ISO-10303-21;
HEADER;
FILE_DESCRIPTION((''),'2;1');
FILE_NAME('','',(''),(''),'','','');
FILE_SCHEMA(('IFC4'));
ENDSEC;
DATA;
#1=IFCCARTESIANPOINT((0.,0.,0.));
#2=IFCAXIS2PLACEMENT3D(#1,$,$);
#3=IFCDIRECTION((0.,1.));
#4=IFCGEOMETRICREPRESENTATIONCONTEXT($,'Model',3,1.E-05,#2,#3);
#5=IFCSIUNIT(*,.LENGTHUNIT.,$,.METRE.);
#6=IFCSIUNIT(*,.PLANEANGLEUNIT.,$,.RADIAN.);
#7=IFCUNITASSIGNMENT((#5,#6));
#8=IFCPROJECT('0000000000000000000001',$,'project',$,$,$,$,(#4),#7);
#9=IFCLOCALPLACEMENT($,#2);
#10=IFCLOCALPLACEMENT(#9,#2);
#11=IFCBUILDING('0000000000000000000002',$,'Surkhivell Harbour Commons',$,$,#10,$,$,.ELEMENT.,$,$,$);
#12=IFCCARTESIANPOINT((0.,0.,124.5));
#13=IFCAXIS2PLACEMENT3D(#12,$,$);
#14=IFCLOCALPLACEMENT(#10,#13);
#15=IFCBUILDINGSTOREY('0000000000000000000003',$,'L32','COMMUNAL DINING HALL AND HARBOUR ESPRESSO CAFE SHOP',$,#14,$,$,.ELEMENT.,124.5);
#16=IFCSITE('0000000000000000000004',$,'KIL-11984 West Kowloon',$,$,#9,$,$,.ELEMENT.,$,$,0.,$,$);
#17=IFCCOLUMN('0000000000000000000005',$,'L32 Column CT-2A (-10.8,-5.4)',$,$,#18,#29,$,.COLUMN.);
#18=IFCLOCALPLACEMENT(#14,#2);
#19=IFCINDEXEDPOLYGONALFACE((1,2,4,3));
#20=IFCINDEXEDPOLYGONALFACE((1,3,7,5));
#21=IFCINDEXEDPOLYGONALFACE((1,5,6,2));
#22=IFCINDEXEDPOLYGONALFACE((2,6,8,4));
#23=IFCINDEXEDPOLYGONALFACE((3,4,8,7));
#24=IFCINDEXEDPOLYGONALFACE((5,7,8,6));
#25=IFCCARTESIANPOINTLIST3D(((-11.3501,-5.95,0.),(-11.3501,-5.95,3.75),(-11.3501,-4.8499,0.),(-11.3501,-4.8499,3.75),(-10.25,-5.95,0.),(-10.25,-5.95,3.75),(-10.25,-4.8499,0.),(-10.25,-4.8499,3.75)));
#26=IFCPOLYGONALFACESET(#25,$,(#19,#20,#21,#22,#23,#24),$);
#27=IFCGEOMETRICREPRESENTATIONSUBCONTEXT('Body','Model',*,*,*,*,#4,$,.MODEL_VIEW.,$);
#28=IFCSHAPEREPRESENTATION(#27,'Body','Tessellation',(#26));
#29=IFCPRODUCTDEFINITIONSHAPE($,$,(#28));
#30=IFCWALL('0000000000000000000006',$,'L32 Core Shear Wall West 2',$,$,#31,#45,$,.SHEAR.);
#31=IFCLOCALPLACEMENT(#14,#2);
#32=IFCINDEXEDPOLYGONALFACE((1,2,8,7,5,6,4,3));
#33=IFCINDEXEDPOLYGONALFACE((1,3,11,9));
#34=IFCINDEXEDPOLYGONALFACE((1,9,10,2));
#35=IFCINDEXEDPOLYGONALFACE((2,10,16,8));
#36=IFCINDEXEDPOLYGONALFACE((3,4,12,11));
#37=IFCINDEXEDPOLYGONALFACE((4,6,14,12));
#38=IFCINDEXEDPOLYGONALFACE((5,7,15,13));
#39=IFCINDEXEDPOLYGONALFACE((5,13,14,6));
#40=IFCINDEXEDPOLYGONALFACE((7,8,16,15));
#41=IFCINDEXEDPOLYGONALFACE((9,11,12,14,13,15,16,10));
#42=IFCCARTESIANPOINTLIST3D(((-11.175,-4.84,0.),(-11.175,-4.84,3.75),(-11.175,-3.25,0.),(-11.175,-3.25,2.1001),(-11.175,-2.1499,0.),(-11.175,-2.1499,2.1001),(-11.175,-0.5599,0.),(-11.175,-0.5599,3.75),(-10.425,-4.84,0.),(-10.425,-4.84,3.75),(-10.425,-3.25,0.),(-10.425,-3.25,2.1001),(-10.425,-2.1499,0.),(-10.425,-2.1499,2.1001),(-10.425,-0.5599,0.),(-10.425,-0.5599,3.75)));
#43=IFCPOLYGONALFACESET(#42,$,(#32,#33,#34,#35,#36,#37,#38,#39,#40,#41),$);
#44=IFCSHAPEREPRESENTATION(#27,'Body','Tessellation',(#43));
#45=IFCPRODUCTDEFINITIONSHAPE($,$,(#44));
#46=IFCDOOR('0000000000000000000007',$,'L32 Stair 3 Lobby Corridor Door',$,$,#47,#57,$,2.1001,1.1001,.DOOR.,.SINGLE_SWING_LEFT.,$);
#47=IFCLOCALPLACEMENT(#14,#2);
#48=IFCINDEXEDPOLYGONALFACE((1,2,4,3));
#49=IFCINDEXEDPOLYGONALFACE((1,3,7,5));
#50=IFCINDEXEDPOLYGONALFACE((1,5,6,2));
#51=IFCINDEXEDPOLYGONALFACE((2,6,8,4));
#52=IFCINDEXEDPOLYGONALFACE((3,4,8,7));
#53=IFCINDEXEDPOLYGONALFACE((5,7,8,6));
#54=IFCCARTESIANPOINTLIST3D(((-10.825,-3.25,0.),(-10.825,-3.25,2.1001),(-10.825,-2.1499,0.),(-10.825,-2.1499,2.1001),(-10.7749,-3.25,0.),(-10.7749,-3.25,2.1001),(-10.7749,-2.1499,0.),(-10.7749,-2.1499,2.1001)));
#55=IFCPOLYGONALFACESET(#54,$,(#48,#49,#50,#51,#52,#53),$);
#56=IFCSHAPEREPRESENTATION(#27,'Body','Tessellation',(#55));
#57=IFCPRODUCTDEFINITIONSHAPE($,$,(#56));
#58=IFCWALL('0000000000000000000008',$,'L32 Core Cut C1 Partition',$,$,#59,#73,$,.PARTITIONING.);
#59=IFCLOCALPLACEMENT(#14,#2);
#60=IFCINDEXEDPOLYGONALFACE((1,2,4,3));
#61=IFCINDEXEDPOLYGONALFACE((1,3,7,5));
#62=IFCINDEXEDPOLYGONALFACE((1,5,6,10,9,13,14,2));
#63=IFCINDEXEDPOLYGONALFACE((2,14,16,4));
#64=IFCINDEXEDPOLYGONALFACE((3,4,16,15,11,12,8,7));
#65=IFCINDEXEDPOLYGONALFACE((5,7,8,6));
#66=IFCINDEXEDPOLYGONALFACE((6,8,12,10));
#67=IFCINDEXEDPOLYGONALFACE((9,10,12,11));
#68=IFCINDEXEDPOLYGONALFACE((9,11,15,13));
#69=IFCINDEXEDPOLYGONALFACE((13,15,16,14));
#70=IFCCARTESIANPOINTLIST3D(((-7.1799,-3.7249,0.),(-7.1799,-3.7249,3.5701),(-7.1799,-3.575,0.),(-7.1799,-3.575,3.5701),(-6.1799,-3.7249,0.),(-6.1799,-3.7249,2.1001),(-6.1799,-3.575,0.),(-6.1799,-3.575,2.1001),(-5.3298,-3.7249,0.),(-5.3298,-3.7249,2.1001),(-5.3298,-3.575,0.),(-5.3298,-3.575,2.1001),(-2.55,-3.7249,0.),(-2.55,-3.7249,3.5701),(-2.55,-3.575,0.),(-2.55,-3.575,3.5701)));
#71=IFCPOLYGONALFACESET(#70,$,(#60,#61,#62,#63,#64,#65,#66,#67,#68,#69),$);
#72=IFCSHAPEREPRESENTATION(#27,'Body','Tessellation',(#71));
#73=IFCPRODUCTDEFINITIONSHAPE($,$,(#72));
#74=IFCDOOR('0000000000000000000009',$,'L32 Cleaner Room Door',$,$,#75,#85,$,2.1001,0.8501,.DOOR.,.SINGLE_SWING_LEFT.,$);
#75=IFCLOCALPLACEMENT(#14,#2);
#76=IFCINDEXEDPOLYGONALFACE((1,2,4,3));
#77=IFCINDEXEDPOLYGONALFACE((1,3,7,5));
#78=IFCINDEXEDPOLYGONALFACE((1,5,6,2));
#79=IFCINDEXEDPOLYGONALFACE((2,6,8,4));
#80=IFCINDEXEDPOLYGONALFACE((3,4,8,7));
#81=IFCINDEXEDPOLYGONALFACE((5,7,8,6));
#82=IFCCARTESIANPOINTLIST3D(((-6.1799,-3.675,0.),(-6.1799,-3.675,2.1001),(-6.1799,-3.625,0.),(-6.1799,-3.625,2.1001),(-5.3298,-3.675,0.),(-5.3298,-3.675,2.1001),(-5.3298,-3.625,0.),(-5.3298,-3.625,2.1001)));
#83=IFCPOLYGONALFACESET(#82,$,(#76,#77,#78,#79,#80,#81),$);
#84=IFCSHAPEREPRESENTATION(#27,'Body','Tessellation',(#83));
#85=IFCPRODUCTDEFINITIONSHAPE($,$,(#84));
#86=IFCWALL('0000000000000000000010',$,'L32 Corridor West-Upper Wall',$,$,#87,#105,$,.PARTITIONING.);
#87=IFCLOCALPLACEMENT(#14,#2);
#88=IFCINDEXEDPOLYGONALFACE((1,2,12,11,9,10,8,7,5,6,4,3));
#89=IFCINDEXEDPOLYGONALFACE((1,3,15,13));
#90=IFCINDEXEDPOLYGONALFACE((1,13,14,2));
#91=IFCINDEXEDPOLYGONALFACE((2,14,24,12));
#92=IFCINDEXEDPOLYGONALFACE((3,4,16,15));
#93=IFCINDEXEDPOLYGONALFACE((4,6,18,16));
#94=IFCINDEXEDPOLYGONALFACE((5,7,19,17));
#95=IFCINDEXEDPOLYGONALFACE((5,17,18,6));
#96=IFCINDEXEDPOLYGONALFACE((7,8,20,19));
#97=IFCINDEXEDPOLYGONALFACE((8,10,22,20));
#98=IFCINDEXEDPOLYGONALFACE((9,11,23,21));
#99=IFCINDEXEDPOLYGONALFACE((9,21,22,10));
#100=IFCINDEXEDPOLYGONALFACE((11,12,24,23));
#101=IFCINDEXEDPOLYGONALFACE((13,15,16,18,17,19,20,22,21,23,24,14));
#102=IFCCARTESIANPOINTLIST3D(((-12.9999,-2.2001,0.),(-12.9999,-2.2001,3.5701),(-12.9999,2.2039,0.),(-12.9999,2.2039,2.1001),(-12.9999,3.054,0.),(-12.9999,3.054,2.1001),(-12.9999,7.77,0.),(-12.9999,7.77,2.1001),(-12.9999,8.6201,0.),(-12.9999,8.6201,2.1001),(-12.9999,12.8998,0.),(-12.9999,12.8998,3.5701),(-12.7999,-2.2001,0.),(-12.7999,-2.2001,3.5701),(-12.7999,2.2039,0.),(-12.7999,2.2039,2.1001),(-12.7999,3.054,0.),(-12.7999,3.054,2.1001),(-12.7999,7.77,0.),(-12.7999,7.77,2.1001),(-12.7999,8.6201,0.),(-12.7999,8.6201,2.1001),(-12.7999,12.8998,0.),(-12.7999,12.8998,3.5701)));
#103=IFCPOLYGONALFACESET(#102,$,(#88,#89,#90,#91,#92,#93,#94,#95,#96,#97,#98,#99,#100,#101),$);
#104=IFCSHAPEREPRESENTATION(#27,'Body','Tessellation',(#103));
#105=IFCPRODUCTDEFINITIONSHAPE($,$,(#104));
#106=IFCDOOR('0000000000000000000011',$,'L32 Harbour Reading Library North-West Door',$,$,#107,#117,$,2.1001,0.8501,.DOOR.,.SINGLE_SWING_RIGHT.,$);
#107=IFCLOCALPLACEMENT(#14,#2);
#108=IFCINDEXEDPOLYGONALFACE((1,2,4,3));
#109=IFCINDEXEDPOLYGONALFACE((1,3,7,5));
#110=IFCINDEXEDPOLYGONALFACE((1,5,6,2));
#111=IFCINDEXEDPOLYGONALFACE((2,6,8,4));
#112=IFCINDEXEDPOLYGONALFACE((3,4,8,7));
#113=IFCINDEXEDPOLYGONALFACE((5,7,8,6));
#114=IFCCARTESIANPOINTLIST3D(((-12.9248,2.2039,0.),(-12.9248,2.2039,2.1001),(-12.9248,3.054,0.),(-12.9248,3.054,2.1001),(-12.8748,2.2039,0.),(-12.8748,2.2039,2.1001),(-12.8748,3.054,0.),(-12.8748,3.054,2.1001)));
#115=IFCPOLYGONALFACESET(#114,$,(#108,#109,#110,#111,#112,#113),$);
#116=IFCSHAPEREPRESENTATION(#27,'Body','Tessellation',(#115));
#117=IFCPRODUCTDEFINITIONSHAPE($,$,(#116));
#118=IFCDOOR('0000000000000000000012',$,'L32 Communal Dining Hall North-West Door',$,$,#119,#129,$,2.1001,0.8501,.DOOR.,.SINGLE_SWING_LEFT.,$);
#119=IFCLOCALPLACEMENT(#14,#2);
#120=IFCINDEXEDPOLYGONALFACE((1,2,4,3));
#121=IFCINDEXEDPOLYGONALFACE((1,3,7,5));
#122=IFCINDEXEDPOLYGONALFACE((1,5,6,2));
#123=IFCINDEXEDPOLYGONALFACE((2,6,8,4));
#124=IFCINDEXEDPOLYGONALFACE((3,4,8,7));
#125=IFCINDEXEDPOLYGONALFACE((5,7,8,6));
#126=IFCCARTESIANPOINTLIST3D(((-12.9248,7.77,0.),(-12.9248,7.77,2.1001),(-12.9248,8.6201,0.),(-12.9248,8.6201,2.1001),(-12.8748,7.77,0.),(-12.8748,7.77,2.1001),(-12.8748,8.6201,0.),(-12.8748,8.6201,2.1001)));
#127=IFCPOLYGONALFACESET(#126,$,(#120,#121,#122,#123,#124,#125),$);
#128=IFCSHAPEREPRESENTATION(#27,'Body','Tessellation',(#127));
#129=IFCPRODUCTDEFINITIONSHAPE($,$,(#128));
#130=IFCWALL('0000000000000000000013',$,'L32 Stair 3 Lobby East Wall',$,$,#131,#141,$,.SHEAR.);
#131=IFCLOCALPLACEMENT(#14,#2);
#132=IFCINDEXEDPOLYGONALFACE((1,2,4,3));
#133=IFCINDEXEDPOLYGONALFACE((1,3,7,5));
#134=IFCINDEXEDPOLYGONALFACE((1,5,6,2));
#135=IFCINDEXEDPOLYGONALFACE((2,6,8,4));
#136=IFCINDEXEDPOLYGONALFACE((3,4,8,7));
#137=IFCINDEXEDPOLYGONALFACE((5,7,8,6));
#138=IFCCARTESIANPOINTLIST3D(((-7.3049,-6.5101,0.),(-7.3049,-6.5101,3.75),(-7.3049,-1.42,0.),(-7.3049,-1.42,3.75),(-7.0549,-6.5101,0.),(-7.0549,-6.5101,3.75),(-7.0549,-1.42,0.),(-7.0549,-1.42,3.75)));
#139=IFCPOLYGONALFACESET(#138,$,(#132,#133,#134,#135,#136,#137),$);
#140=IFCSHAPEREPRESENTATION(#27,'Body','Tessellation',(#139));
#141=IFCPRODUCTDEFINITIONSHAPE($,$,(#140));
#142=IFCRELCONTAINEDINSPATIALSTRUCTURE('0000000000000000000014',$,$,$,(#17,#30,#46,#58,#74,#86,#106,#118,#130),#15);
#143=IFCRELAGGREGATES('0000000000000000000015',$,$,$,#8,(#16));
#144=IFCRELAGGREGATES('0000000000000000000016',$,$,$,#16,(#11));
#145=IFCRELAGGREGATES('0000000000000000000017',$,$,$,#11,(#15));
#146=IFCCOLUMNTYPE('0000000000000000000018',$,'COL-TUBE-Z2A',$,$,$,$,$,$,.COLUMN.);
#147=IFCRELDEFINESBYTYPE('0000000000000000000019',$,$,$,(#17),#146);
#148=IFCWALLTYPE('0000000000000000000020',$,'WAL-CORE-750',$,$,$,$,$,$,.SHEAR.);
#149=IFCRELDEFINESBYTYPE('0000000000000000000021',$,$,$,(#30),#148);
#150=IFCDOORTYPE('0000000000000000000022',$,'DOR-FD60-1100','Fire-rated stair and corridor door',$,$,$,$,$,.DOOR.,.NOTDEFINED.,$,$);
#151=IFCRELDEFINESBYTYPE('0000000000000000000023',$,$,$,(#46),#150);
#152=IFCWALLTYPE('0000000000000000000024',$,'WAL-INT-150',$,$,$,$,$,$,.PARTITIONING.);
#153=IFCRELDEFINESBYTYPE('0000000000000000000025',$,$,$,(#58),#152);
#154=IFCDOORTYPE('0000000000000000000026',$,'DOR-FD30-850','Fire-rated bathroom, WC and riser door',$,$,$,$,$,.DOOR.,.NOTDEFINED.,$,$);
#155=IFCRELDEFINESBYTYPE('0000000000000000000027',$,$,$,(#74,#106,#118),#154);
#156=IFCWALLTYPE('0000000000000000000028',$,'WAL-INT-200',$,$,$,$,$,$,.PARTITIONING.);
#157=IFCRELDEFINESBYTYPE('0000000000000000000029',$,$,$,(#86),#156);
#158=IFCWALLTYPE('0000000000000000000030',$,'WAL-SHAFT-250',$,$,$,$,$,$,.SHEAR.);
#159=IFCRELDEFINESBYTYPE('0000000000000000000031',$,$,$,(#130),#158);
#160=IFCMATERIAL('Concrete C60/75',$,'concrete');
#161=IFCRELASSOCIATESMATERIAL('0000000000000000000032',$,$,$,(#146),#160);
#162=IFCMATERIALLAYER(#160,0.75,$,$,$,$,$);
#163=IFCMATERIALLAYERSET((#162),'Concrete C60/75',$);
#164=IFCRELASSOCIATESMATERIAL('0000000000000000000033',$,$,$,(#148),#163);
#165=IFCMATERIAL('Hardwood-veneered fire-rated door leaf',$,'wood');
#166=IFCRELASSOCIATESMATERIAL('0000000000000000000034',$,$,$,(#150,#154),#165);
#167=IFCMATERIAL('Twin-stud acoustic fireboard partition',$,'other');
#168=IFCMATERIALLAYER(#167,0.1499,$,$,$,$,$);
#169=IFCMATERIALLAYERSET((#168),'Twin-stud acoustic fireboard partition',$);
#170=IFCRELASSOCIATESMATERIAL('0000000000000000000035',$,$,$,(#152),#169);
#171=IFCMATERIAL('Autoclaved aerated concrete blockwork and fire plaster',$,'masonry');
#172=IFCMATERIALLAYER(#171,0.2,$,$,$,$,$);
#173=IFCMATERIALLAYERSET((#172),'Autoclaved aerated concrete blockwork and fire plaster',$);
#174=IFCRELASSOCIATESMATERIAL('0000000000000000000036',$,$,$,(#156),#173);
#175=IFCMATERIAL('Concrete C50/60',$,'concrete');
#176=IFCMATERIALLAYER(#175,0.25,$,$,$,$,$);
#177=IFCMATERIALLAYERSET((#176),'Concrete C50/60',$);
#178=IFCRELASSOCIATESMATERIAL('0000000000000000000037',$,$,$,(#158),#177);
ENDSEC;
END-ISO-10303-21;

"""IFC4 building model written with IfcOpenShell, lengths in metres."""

from ifc_helpers import new_model, si_unit, direction, frame, frame_2d, origin, origin_2d, place, context, subcontext, project, spatial, rectangle, extrude, material, layer, layer_set, material_profile, profile_set, type_object, element, fill, save


model = new_model("IFC4")

# Units and contexts
model_context = context("Model", 3, precision=1e-05, world=origin(), true_north=direction((0.0, 1.0)))
body_context = subcontext(model_context, "Body", "Model", "MODEL_VIEW")
ifc_project = project(units=[si_unit("LENGTHUNIT", "METRE"), si_unit("PLANEANGLEUNIT", "RADIAN")], contexts=[model_context])

# Site, building, storey
site_placement = place(None, origin())
site = spatial("IfcSite", under=ifc_project, at=site_placement, Name="KIL-11984 West Kowloon", CompositionType="ELEMENT", RefElevation=0.0)
building_placement = place(site_placement, origin())
building = spatial("IfcBuilding", under=site, at=building_placement, Name="Surkhivell Harbour Commons", CompositionType="ELEMENT")
storey_placement = place(building_placement, frame((0.0, 0.0, 124.5)))
storey = spatial("IfcBuildingStorey", under=building, at=storey_placement, Name="L32", Description="COMMUNAL DINING HALL AND HARBOUR ESPRESSO CAFE SHOP", CompositionType="ELEMENT", Elevation=124.5)

# Column
ifc_material_1 = material(Name="Concrete C60/75", Category="concrete")
ifc_material_profile = material_profile(ifc_material_1, rectangle(XDim=1.1001, YDim=1.1001, at=origin_2d()), Name="RC-COL-1100x1100")
ifc_profile_set = profile_set([ifc_material_profile], Name="Concrete C60/75")
column_type = type_object("IfcColumnType", Name="COL-TUBE-Z2A", PredefinedType="COLUMN", material=ifc_profile_set)
column_placement = place(storey_placement, frame((-10.8, -5.3999, 0.0), z_axis=(0.0, 0.0, 1.0), x_axis=(1.0, 0.0, 0.0)))
element("IfcColumn", 1, at=column_placement, inside=storey, type_object=column_type, Name="L32 Column CT-2A (-10.8,-5.4)", PredefinedType="COLUMN", context=body_context, shape_type="SweptSolid", body=[
    extrude(rectangle(XDim=1.1001, YDim=1.1001, at=origin_2d()), origin(), (0.0, 0.0, 1.0), 3.75),
])

# Walls, openings, doors
ifc_layer_1 = layer(ifc_material_1, 0.75)
ifc_layer_set_1 = layer_set([ifc_layer_1], Name="Concrete C60/75")
wall_type_1 = type_object("IfcWallType", Name="WAL-CORE-750", PredefinedType="SHEAR", material=ifc_layer_set_1)
wall_1_placement = place(storey_placement, frame((-10.8, -4.8401, 0.0), z_axis=(0.0, 0.0, 1.0), x_axis=(0.0, 1.0, 0.0)))
wall_1 = element("IfcWall", 2, at=wall_1_placement, inside=storey, type_object=wall_type_1, Name="L32 Core Shear Wall West 2", PredefinedType="SHEAR", context=body_context, shape_type="SweptSolid", body=[
    extrude(rectangle(XDim=4.28, YDim=0.75, at=frame_2d((2.1401, 0.0))), origin(), (0.0, 0.0, 1.0), 3.75),
])
opening_1_placement = place(wall_1_placement, frame((1.5901, 0.0, 0.0)))
opening_1 = element("IfcOpeningElement", 3, at=opening_1_placement, cuts=wall_1, PredefinedType="OPENING", context=body_context, shape_type="SweptSolid", body=[
    extrude(rectangle(XDim=1.1001, YDim=2.1001, at=frame_2d((0.55, 1.05))), frame((0.0, 0.385, 0.0), z_axis=(0.0, -1.0, 0.0), x_axis=(1.0, 0.0, 0.0)), (0.0, 0.0, 1.0), 0.77),
])
ifc_material_2 = material(Name="Hardwood-veneered fire-rated door leaf", Category="wood")
door_type_1 = type_object("IfcDoorType", Name="DOR-FD60-1100", Description="Fire-rated stair and corridor door", OperationType="NOTDEFINED", PredefinedType="DOOR", material=ifc_material_2)
door_1_placement = place(opening_1_placement, origin())
door_1 = element("IfcDoor", 4, at=door_1_placement, inside=storey, type_object=door_type_1, Name="L32 Stair 3 Lobby Corridor Door", OperationType="SINGLE_SWING_LEFT", OverallHeight=2.1001, OverallWidth=1.1001, PredefinedType="DOOR", context=body_context, shape_type="SweptSolid", body=[
    extrude(rectangle(XDim=1.1001, YDim=2.1001, at=frame_2d((0.55, 1.05))), frame((0.0, 0.0249, 0.0), z_axis=(0.0, -1.0, 0.0), x_axis=(1.0, 0.0, 0.0)), (0.0, 0.0, 1.0), 0.05),
])
fill(opening_1, door_1)
ifc_material_3 = material(Name="Twin-stud acoustic fireboard partition", Category="other")
ifc_layer_2 = layer(ifc_material_3, 0.1499)
ifc_layer_set_2 = layer_set([ifc_layer_2], Name="Twin-stud acoustic fireboard partition")
wall_type_2 = type_object("IfcWallType", Name="WAL-INT-150", PredefinedType="PARTITIONING", material=ifc_layer_set_2)
wall_2_placement = place(storey_placement, frame((-7.1799, -3.6499, 0.0), z_axis=(0.0, 0.0, 1.0), x_axis=(1.0, 0.0, 0.0)))
wall_2 = element("IfcWall", 5, at=wall_2_placement, inside=storey, type_object=wall_type_2, Name="L32 Core Cut C1 Partition", PredefinedType="PARTITIONING", context=body_context, shape_type="SweptSolid", body=[
    extrude(rectangle(XDim=4.6299, YDim=0.1499, at=frame_2d((2.3149, 0.0))), origin(), (0.0, 0.0, 1.0), 3.5701),
])
opening_2_placement = place(wall_2_placement, frame((1.0, 0.0, 0.0)))
opening_2 = element("IfcOpeningElement", 6, at=opening_2_placement, cuts=wall_2, PredefinedType="OPENING", context=body_context, shape_type="SweptSolid", body=[
    extrude(rectangle(XDim=0.8501, YDim=2.1001, at=frame_2d((0.425, 1.05))), frame((0.0, 0.085, 0.0), z_axis=(0.0, -1.0, 0.0), x_axis=(1.0, 0.0, 0.0)), (0.0, 0.0, 1.0), 0.1699),
])
door_type_2 = type_object("IfcDoorType", Name="DOR-FD30-850", Description="Fire-rated bathroom, WC and riser door", OperationType="NOTDEFINED", PredefinedType="DOOR", material=ifc_material_2)
door_2_placement = place(opening_2_placement, origin())
door_2 = element("IfcDoor", 7, at=door_2_placement, inside=storey, type_object=door_type_2, Name="L32 Cleaner Room Door", OperationType="SINGLE_SWING_LEFT", OverallHeight=2.1001, OverallWidth=0.8501, PredefinedType="DOOR", context=body_context, shape_type="SweptSolid", body=[
    extrude(rectangle(XDim=0.8501, YDim=2.1001, at=frame_2d((0.425, 1.05))), frame((0.0, 0.0249, 0.0), z_axis=(0.0, -1.0, 0.0), x_axis=(1.0, 0.0, 0.0)), (0.0, 0.0, 1.0), 0.05),
])
fill(opening_2, door_2)

# Wall, openings, doors
ifc_material_4 = material(Name="Autoclaved aerated concrete blockwork and fire plaster", Category="masonry")
ifc_layer_3 = layer(ifc_material_4, 0.2)
ifc_layer_set_3 = layer_set([ifc_layer_3], Name="Autoclaved aerated concrete blockwork and fire plaster")
wall_type_3 = type_object("IfcWallType", Name="WAL-INT-200", PredefinedType="PARTITIONING", material=ifc_layer_set_3)
wall_3_placement = place(storey_placement, frame((-12.8999, -2.2, 0.0), z_axis=(0.0, 0.0, 1.0), x_axis=(0.0, 1.0, 0.0)))
wall_3 = element("IfcWall", 8, at=wall_3_placement, inside=storey, type_object=wall_type_3, Name="L32 Corridor West-Upper Wall", PredefinedType="PARTITIONING", context=body_context, shape_type="SweptSolid", body=[
    extrude(rectangle(XDim=15.0999, YDim=0.2, at=frame_2d((7.5498, 0.0))), origin(), (0.0, 0.0, 1.0), 3.5701),
])
opening_3_placement = place(wall_3_placement, frame((4.4038, 0.0, 0.0)))
opening_3 = element("IfcOpeningElement", 9, at=opening_3_placement, cuts=wall_3, PredefinedType="OPENING", context=body_context, shape_type="SweptSolid", body=[
    extrude(rectangle(XDim=0.8501, YDim=2.1001, at=frame_2d((0.425, 1.05))), frame((0.0, 0.1099, 0.0), z_axis=(0.0, -1.0, 0.0), x_axis=(1.0, 0.0, 0.0)), (0.0, 0.0, 1.0), 0.22),
])
opening_4_placement = place(wall_3_placement, frame((9.97, 0.0, 0.0)))
opening_4 = element("IfcOpeningElement", 10, at=opening_4_placement, cuts=wall_3, PredefinedType="OPENING", context=body_context, shape_type="SweptSolid", body=[
    extrude(rectangle(XDim=0.8501, YDim=2.1001, at=frame_2d((0.425, 1.05))), frame((0.0, 0.1099, 0.0), z_axis=(0.0, -1.0, 0.0), x_axis=(1.0, 0.0, 0.0)), (0.0, 0.0, 1.0), 0.22),
])
door_3_placement = place(opening_3_placement, origin())
door_3 = element("IfcDoor", 11, at=door_3_placement, inside=storey, type_object=door_type_2, Name="L32 Harbour Reading Library North-West Door", OperationType="SINGLE_SWING_RIGHT", OverallHeight=2.1001, OverallWidth=0.8501, PredefinedType="DOOR", context=body_context, shape_type="SweptSolid", body=[
    extrude(rectangle(XDim=0.8501, YDim=2.1001, at=frame_2d((0.425, 1.05))), frame((0.0, 0.0249, 0.0), z_axis=(0.0, -1.0, 0.0), x_axis=(1.0, 0.0, 0.0)), (0.0, 0.0, 1.0), 0.05),
])
fill(opening_3, door_3)
door_4_placement = place(opening_4_placement, origin())
door_4 = element("IfcDoor", 12, at=door_4_placement, inside=storey, type_object=door_type_2, Name="L32 Communal Dining Hall North-West Door", OperationType="SINGLE_SWING_LEFT", OverallHeight=2.1001, OverallWidth=0.8501, PredefinedType="DOOR", context=body_context, shape_type="SweptSolid", body=[
    extrude(rectangle(XDim=0.8501, YDim=2.1001, at=frame_2d((0.425, 1.05))), frame((0.0, 0.0249, 0.0), z_axis=(0.0, -1.0, 0.0), x_axis=(1.0, 0.0, 0.0)), (0.0, 0.0, 1.0), 0.05),
])
fill(opening_4, door_4)

# Wall
ifc_material_5 = material(Name="Concrete C50/60", Category="concrete")
ifc_layer_4 = layer(ifc_material_5, 0.25)
ifc_layer_set_4 = layer_set([ifc_layer_4], Name="Concrete C50/60")
wall_type_4 = type_object("IfcWallType", Name="WAL-SHAFT-250", PredefinedType="SHEAR", material=ifc_layer_set_4)
wall_4_placement = place(storey_placement, frame((-7.1799, -6.51, 0.0), z_axis=(0.0, 0.0, 1.0), x_axis=(0.0, 1.0, 0.0)))
element("IfcWall", 13, at=wall_4_placement, inside=storey, type_object=wall_type_4, Name="L32 Stair 3 Lobby East Wall", PredefinedType="SHEAR", context=body_context, shape_type="SweptSolid", body=[
    extrude(rectangle(XDim=5.0901, YDim=0.25, at=frame_2d((2.5449, 0.0))), origin(), (0.0, 0.0, 1.0), 3.75),
])

save(model, "model.ifc")
